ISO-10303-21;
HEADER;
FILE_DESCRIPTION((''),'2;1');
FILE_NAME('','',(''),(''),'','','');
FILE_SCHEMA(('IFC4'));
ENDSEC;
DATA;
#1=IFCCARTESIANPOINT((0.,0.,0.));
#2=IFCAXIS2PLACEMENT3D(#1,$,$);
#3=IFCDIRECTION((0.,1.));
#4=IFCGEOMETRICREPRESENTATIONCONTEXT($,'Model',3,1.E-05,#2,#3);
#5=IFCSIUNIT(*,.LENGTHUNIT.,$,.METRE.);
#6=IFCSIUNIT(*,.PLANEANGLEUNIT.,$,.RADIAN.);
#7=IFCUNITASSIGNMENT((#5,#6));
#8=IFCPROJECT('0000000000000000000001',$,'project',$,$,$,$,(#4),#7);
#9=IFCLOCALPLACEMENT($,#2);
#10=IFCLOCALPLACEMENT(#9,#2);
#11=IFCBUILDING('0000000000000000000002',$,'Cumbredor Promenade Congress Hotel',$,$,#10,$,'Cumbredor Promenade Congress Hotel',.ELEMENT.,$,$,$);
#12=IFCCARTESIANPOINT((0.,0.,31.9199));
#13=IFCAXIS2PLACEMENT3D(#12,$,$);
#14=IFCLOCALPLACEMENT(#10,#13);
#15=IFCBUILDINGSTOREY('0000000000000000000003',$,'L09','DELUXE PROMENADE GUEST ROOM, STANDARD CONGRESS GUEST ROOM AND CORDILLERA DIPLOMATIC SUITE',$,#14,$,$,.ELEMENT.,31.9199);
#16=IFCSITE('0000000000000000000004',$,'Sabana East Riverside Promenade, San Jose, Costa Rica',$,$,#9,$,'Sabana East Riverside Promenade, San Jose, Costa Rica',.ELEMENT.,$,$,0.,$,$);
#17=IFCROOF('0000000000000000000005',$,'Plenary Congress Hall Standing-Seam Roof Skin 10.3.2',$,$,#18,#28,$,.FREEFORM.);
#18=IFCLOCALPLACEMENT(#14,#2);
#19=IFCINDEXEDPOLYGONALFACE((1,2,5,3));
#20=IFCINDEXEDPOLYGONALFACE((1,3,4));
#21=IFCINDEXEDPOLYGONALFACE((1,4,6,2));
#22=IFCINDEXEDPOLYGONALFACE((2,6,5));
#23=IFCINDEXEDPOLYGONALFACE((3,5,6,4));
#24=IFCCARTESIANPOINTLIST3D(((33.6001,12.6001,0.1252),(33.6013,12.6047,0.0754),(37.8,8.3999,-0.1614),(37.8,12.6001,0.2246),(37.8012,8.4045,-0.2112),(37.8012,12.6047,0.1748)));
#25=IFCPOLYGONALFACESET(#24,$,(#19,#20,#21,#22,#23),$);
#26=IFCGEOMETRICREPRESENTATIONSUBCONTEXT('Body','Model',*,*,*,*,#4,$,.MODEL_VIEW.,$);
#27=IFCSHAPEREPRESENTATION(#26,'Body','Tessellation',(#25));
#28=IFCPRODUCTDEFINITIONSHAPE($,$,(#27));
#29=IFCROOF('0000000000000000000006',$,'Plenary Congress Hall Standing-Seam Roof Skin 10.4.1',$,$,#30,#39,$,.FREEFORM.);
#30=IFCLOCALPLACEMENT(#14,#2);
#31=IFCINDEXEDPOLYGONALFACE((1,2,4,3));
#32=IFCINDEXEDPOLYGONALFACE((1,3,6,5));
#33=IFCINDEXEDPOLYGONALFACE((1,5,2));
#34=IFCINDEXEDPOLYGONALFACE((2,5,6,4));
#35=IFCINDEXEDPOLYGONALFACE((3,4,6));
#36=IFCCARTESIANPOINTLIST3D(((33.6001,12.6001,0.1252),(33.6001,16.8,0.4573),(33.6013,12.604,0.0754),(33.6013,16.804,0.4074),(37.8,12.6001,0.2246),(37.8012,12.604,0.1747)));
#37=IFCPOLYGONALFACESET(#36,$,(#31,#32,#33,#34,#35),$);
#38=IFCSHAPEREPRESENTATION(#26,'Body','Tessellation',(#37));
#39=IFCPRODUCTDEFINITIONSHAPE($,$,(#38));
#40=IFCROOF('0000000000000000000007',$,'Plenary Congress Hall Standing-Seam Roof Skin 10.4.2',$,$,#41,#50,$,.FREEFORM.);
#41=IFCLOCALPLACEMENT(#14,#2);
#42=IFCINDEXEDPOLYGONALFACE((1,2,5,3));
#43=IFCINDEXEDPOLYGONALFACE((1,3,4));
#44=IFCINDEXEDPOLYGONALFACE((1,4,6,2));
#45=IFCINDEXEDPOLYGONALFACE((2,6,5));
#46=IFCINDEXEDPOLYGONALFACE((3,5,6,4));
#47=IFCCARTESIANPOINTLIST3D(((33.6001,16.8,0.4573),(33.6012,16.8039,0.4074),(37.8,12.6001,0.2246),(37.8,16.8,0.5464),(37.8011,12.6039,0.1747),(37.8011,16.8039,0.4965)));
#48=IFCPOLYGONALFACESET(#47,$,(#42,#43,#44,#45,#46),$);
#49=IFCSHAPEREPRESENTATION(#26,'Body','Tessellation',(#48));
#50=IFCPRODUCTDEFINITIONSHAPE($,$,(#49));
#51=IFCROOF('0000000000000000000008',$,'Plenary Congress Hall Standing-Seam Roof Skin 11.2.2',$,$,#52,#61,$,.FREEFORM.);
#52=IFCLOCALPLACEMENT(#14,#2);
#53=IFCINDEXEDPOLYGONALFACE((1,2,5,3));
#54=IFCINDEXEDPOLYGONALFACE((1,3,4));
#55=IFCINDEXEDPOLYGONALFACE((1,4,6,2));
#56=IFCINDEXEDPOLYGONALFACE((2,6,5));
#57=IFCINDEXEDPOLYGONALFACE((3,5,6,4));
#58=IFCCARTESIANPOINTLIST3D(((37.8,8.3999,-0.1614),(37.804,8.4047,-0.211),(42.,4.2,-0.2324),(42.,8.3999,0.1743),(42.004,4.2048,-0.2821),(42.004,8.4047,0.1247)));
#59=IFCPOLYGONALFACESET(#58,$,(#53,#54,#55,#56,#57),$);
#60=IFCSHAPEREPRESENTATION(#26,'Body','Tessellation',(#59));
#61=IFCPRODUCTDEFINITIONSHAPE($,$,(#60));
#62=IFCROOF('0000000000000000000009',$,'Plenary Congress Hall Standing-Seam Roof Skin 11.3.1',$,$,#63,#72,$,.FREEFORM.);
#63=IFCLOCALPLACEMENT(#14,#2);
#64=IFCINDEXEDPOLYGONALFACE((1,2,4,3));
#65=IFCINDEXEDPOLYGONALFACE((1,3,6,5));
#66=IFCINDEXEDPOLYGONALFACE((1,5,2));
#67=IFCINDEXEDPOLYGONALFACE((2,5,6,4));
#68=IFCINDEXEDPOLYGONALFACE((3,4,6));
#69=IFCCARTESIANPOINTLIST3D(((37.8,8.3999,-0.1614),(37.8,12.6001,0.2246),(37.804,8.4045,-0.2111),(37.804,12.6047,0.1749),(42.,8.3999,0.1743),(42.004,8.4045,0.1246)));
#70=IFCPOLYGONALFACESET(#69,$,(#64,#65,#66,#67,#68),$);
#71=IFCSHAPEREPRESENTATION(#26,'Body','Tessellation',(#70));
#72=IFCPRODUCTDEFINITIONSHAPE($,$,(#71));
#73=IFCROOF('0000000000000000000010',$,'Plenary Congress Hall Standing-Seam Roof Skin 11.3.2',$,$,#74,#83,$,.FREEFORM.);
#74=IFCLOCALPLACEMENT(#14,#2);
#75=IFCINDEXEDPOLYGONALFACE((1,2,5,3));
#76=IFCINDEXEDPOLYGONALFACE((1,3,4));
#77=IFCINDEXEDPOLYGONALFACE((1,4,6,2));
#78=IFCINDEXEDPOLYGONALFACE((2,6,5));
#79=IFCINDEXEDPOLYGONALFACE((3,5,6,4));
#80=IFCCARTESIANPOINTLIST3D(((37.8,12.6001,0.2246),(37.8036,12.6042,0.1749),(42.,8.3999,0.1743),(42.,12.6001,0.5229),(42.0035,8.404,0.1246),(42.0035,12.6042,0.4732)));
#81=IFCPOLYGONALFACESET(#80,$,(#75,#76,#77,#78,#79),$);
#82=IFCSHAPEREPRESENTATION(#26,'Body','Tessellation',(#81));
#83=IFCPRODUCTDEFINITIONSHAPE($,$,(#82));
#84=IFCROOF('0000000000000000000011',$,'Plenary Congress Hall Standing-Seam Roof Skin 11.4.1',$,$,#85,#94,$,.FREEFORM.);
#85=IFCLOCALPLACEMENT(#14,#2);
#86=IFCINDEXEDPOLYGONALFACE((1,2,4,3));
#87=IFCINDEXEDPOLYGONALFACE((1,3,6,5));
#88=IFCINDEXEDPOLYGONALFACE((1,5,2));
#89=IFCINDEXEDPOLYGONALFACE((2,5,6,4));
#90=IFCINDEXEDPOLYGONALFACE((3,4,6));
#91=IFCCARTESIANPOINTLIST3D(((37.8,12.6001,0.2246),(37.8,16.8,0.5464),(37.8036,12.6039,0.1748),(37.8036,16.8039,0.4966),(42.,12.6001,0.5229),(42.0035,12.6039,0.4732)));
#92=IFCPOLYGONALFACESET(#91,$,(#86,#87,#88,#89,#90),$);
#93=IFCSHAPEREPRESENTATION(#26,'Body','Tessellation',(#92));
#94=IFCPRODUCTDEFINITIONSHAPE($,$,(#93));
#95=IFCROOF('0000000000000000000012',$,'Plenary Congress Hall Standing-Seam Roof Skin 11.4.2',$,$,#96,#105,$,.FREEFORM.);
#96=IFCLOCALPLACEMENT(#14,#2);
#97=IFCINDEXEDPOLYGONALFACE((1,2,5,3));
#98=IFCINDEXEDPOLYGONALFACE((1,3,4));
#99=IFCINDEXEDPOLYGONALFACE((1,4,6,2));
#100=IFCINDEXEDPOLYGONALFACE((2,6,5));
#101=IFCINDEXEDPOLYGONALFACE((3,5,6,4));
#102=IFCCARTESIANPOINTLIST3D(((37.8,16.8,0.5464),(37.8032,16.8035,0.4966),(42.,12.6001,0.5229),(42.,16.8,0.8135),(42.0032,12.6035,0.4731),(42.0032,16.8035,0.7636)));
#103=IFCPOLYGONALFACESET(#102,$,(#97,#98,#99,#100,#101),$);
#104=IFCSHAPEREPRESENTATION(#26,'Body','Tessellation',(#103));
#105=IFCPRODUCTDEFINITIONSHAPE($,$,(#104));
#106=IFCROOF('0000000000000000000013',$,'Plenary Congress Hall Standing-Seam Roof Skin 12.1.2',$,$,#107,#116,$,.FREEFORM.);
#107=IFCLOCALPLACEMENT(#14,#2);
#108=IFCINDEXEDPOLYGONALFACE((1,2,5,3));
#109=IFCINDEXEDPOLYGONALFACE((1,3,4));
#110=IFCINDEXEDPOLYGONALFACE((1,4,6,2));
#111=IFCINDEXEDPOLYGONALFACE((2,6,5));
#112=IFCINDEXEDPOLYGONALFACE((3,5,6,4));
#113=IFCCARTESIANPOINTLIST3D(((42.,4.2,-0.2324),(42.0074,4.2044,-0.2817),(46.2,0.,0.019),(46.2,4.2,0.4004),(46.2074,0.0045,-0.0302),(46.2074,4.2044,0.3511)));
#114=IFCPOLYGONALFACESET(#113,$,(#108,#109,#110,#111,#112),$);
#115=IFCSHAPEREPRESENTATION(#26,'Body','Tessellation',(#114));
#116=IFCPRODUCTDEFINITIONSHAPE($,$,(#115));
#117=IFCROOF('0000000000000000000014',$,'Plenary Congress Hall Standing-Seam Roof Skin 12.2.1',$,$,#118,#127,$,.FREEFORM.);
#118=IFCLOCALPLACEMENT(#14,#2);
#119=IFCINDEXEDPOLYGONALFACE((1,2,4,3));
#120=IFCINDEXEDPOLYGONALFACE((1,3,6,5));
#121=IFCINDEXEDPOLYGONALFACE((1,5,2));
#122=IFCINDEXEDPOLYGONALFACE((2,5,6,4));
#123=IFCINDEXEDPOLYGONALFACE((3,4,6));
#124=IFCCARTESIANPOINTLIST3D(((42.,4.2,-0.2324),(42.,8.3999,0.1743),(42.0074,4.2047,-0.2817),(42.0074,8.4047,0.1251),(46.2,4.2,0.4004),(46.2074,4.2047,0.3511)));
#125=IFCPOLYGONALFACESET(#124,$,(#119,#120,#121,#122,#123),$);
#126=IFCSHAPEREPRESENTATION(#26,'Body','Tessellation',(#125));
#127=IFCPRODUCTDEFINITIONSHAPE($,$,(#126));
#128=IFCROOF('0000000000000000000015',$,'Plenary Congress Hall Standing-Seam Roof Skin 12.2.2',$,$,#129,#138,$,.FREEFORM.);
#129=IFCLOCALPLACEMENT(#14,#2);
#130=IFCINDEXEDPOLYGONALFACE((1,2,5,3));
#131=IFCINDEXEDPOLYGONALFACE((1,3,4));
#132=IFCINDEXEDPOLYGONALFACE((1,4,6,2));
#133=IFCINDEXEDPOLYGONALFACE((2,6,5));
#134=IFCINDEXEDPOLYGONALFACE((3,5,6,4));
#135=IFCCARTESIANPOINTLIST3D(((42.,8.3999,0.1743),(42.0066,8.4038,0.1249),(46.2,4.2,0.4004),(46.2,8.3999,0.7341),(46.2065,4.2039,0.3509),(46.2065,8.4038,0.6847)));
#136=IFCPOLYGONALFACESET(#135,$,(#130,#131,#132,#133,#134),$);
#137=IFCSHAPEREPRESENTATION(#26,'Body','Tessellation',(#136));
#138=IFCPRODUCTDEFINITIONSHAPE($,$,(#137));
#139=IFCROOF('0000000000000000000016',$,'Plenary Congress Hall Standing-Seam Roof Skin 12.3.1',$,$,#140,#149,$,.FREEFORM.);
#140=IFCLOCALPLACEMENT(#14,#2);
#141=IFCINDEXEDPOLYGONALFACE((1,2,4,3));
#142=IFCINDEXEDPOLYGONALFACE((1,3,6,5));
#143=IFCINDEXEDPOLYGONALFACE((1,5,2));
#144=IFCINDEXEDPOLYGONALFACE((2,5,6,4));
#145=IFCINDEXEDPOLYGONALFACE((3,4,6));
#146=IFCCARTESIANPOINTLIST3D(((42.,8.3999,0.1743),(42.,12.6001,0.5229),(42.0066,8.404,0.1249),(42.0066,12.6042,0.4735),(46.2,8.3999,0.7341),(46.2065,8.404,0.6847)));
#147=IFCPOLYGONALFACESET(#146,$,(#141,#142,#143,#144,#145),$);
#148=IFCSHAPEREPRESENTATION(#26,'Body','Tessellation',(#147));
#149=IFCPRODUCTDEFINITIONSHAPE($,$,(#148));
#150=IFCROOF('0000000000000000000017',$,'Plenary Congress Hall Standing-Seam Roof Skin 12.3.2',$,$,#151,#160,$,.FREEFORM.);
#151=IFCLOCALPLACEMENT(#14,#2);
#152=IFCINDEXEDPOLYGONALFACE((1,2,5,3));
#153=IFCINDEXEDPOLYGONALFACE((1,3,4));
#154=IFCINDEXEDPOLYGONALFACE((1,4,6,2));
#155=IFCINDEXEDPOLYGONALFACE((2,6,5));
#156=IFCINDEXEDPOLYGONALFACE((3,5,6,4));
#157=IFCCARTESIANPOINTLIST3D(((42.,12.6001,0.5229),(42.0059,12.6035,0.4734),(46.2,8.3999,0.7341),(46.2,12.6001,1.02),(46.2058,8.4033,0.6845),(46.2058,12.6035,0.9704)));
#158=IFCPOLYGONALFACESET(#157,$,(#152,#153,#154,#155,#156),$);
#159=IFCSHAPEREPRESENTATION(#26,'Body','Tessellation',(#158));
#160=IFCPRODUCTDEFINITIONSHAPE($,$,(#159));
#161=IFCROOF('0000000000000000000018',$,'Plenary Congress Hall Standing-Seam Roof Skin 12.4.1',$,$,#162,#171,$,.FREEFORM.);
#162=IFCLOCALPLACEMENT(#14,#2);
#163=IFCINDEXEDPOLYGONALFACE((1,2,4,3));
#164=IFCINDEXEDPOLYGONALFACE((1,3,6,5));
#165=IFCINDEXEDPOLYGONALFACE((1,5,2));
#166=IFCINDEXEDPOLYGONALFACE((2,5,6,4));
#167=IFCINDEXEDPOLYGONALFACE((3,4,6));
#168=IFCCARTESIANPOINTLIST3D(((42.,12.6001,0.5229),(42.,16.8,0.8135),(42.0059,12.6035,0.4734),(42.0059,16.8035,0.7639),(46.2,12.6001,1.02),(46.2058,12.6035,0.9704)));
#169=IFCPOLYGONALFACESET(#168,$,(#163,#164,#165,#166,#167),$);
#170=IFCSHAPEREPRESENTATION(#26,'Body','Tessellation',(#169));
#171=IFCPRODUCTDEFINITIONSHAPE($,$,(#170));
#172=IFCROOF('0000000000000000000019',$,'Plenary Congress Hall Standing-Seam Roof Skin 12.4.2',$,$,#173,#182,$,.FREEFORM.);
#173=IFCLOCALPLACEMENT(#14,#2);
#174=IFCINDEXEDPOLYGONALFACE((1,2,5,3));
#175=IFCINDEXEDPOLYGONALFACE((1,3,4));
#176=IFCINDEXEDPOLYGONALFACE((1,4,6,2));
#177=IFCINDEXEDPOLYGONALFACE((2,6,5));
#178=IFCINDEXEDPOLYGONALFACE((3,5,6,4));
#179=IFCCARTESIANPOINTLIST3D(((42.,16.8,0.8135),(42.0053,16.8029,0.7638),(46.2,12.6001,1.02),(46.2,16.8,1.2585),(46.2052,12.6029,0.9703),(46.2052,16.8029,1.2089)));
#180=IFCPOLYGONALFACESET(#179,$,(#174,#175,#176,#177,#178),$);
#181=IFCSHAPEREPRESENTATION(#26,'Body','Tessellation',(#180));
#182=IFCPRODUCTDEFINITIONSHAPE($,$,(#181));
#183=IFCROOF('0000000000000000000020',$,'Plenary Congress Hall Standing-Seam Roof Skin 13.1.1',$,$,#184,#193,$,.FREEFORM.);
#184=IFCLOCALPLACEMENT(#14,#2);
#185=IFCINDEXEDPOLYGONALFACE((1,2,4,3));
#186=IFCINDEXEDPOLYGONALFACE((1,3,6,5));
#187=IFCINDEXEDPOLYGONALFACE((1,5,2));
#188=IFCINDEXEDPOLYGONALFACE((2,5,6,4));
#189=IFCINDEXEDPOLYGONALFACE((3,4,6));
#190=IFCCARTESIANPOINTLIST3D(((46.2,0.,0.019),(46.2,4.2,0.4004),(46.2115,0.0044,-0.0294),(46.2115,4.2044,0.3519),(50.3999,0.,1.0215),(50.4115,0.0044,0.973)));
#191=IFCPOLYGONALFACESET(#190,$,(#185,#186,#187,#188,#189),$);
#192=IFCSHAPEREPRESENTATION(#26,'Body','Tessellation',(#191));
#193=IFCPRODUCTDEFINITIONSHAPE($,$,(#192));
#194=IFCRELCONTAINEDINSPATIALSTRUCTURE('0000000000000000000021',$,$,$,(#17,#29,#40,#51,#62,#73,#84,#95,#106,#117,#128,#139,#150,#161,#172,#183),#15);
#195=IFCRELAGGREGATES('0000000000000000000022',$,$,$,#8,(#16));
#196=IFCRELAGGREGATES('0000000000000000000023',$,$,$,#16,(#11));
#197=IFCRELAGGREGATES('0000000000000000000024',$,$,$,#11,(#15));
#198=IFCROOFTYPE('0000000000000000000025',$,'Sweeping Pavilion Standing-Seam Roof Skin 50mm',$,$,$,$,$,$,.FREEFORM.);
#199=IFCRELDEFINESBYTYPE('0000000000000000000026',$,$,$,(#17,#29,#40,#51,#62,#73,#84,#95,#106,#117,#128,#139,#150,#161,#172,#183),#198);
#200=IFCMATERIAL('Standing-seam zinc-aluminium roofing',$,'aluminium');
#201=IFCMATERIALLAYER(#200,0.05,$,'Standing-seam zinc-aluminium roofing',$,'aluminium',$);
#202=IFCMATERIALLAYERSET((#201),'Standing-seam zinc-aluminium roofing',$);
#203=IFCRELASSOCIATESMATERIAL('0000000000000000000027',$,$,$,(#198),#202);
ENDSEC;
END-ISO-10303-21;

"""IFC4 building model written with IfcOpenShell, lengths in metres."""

from ifc_helpers import new_model, si_unit, direction, frame, origin, place, context, subcontext, project, spatial, polyline, outline, extrude, material, layer, layer_set, type_object, element, save


model = new_model("IFC4")

# Units and contexts
model_context = context("Model", 3, precision=1e-05, world=origin(), true_north=direction((0.0, 1.0)))
body_context = subcontext(model_context, "Body", "Model", "MODEL_VIEW")
ifc_project = project(units=[si_unit("LENGTHUNIT", "METRE"), si_unit("PLANEANGLEUNIT", "RADIAN")], contexts=[model_context])

# Site, building, storey
site_placement = place(None, origin())
site = spatial("IfcSite", under=ifc_project, at=site_placement, Name="Sabana East Riverside Promenade, San Jose, Costa Rica", LongName="Sabana East Riverside Promenade, San Jose, Costa Rica", CompositionType="ELEMENT", RefElevation=0.0)
building_placement = place(site_placement, origin())
building = spatial("IfcBuilding", under=site, at=building_placement, Name="Cumbredor Promenade Congress Hotel", LongName="Cumbredor Promenade Congress Hotel", CompositionType="ELEMENT")
storey_placement = place(building_placement, frame((0.0, 0.0, 31.9199)))
storey = spatial("IfcBuildingStorey", under=building, at=storey_placement, Name="L09", Description="DELUXE PROMENADE GUEST ROOM, STANDARD CONGRESS GUEST ROOM AND CORDILLERA DIPLOMATIC SUITE", CompositionType="ELEMENT", Elevation=31.9199)

# Roofs
ifc_material_1 = material(Name="Standing-seam zinc-aluminium roofing", Category="aluminium")
ifc_layer_1 = layer(ifc_material_1, 0.05, Name="Standing-seam zinc-aluminium roofing", Category="aluminium")
ifc_layer_set_1 = layer_set([ifc_layer_1], Name="Standing-seam zinc-aluminium roofing")
roof_type = type_object("IfcRoofType", Name="Sweeping Pavilion Standing-Seam Roof Skin 50mm", PredefinedType="FREEFORM", material=ifc_layer_set_1)
roof_1_placement = place(storey_placement, frame((37.8, 8.3999, -0.1614), z_axis=(-0.023553, -0.091486, 0.995528), x_axis=(0.0, 0.995804, 0.091512)))
element("IfcRoof", 1, at=roof_1_placement, inside=storey, type_object=roof_type, Name="Plenary Congress Hall Standing-Seam Roof Skin 10.3.2", PredefinedType="FREEFORM", context=body_context, shape_type="SweptSolid", body=[
    extrude(outline(polyline([(0.0, 0.0), (4.2179, 0.0), (4.2088, 4.2011), (0.0, 0.0)])), origin(), (0.0, 0.0, -1.0), 0.05),
])
roof_2_placement = place(storey_placement, frame((33.6001, 12.6001, 0.1252), z_axis=(-0.023579, -0.078788, 0.996613), x_axis=(0.99972, 0.0, 0.023652)))
element("IfcRoof", 2, at=roof_2_placement, inside=storey, type_object=roof_type, Name="Plenary Congress Hall Standing-Seam Roof Skin 10.4.1", PredefinedType="FREEFORM", context=body_context, shape_type="SweptSolid", body=[
    extrude(outline(polyline([(0.0, 0.0), (4.2011, 0.0), (0.0079, 4.213), (0.0, 0.0)])), origin(), (0.0, 0.0, -1.0), 0.05),
])
roof_3_placement = place(storey_placement, frame((37.8, 12.6001, 0.2246), z_axis=(-0.02115, -0.076374, 0.996855), x_axis=(0.0, 0.997078, 0.076391)))
element("IfcRoof", 3, at=roof_3_placement, inside=storey, type_object=roof_type, Name="Plenary Congress Hall Standing-Seam Roof Skin 10.4.2", PredefinedType="FREEFORM", context=body_context, shape_type="SweptSolid", body=[
    extrude(outline(polyline([(0.0, 0.0), (4.2123, 0.0), (4.2055, 4.2009), (0.0, 0.0)])), origin(), (0.0, 0.0, -1.0), 0.05),
])
roof_4_placement = place(storey_placement, frame((42.0, 4.2, -0.2324), z_axis=(-0.079305, -0.096089, 0.992208), x_axis=(0.0, 0.995343, 0.096393)))
element("IfcRoof", 4, at=roof_4_placement, inside=storey, type_object=roof_type, Name="Plenary Congress Hall Standing-Seam Roof Skin 11.2.2", PredefinedType="FREEFORM", context=body_context, shape_type="SweptSolid", body=[
    extrude(outline(polyline([(0.0, 0.0), (4.2196, 0.0), (4.1872, 4.2132), (0.0, 0.0)])), origin(), (0.0, 0.0, -1.0), 0.05),
])
roof_5_placement = place(storey_placement, frame((37.8, 8.3999, -0.1614), z_axis=(-0.079342, -0.091223, 0.992665), x_axis=(0.996821, 0.0, 0.079674)))
element("IfcRoof", 5, at=roof_5_placement, inside=storey, type_object=roof_type, Name="Plenary Congress Hall Standing-Seam Roof Skin 11.3.1", PredefinedType="FREEFORM", context=body_context, shape_type="SweptSolid", body=[
    extrude(outline(polyline([(0.0, 0.0), (4.2133, 0.0), (0.0308, 4.2178), (0.0, 0.0)])), origin(), (0.0, 0.0, -1.0), 0.05),
])
roof_6_placement = place(storey_placement, frame((42.0, 8.3999, 0.1743), z_axis=(-0.070614, -0.082513, 0.994085), x_axis=(0.0, 0.996573, 0.082719)))
element("IfcRoof", 6, at=roof_6_placement, inside=storey, type_object=roof_type, Name="Plenary Congress Hall Standing-Seam Roof Skin 11.3.2", PredefinedType="FREEFORM", context=body_context, shape_type="SweptSolid", body=[
    extrude(outline(polyline([(0.0, 0.0), (4.2146, 0.0), (4.19, 4.2105), (0.0, 0.0)])), origin(), (0.0, 0.0, -1.0), 0.05),
])
roof_7_placement = place(storey_placement, frame((37.8, 12.6001, 0.2246), z_axis=(-0.07065, -0.0762, 0.994586), x_axis=(0.997487, 0.0, 0.070856)))
element("IfcRoof", 7, at=roof_7_placement, inside=storey, type_object=roof_type, Name="Plenary Congress Hall Standing-Seam Roof Skin 11.4.1", PredefinedType="FREEFORM", context=body_context, shape_type="SweptSolid", body=[
    extrude(outline(polyline([(0.0, 0.0), (4.2105, 0.0), (0.0228, 4.2122), (0.0, 0.0)])), origin(), (0.0, 0.0, -1.0), 0.05),
])
roof_8_placement = place(storey_placement, frame((42.0, 12.6001, 0.5229), z_axis=(-0.063315, -0.068871, 0.995614), x_axis=(0.0, 0.997616, 0.069009)))
element("IfcRoof", 8, at=roof_8_placement, inside=storey, type_object=roof_type, Name="Plenary Congress Hall Standing-Seam Roof Skin 11.4.2", PredefinedType="FREEFORM", context=body_context, shape_type="SweptSolid", body=[
    extrude(outline(polyline([(0.0, 0.0), (4.21, 0.0), (4.1916, 4.2084), (0.0, 0.0)])), origin(), (0.0, 0.0, -1.0), 0.05),
])
roof_9_placement = place(storey_placement, frame((46.2, 0.0, 0.019), z_axis=(-0.148393, -0.089425, 0.984877), x_axis=(0.0, 0.995903, 0.090426)))
element("IfcRoof", 9, at=roof_9_placement, inside=storey, type_object=roof_type, Name="Plenary Congress Hall Standing-Seam Roof Skin 12.1.2", PredefinedType="FREEFORM", context=body_context, shape_type="SweptSolid", body=[
    extrude(outline(polyline([(0.0, 0.0), (4.2172, 0.0), (4.16, 4.247), (0.0, 0.0)])), origin(), (0.0, 0.0, -1.0), 0.05),
])
roof_10_placement = place(storey_placement, frame((42.0, 4.2, -0.2324), z_axis=(-0.148311, -0.095327, 0.984336), x_axis=(0.988839, 0.0, 0.14899)))
element("IfcRoof", 10, at=roof_10_placement, inside=storey, type_object=roof_type, Name="Plenary Congress Hall Standing-Seam Roof Skin 12.2.1", PredefinedType="FREEFORM", context=body_context, shape_type="SweptSolid", body=[
    extrude(outline(polyline([(0.0, 0.0), (4.2474, 0.0), (0.0606, 4.2192), (0.0, 0.0)])), origin(), (0.0, 0.0, -1.0), 0.05),
])
roof_11_placement = place(storey_placement, frame((46.2, 4.2, 0.4004), z_axis=(-0.131714, -0.078523, 0.988173), x_axis=(0.0, 0.996858, 0.079213)))
element("IfcRoof", 11, at=roof_11_placement, inside=storey, type_object=roof_type, Name="Plenary Congress Hall Standing-Seam Roof Skin 12.2.2", PredefinedType="FREEFORM", context=body_context, shape_type="SweptSolid", body=[
    extrude(outline(polyline([(0.0, 0.0), (4.2132, 0.0), (4.1688, 4.2369), (0.0, 0.0)])), origin(), (0.0, 0.0, -1.0), 0.05),
])
roof_12_placement = place(storey_placement, frame((42.0, 8.3999, 0.1743), z_axis=(-0.131677, -0.081999, 0.987895), x_axis=(0.991233, 0.0, 0.132122)))
element("IfcRoof", 12, at=roof_12_placement, inside=storey, type_object=roof_type, Name="Plenary Congress Hall Standing-Seam Roof Skin 12.3.1", PredefinedType="FREEFORM", context=body_context, shape_type="SweptSolid", body=[
    extrude(outline(polyline([(0.0, 0.0), (4.2371, 0.0), (0.0461, 4.2144), (0.0, 0.0)])), origin(), (0.0, 0.0, -1.0), 0.05),
])
roof_13_placement = place(storey_placement, frame((46.2, 8.3999, 0.7341), z_axis=(-0.117264, -0.06744, 0.990808), x_axis=(0.0, 0.997692, 0.067908)))
element("IfcRoof", 13, at=roof_13_placement, inside=storey, type_object=roof_type, Name="Plenary Congress Hall Standing-Seam Roof Skin 12.3.2", PredefinedType="FREEFORM", context=body_context, shape_type="SweptSolid", body=[
    extrude(outline(polyline([(0.0, 0.0), (4.2099, 0.0), (4.1762, 4.2291), (0.0, 0.0)])), origin(), (0.0, 0.0, -1.0), 0.05),
])
roof_14_placement = place(storey_placement, frame((42.0, 12.6001, 0.5229), z_axis=(-0.117255, -0.068533, 0.990734), x_axis=(0.993069, 0.0, 0.117531)))
element("IfcRoof", 14, at=roof_14_placement, inside=storey, type_object=roof_type, Name="Plenary Congress Hall Standing-Seam Roof Skin 12.4.1", PredefinedType="FREEFORM", context=body_context, shape_type="SweptSolid", body=[
    extrude(outline(polyline([(0.0, 0.0), (4.2293, 0.0), (0.0341, 4.2098), (0.0, 0.0)])), origin(), (0.0, 0.0, -1.0), 0.05),
])
roof_15_placement = place(storey_placement, frame((46.2, 12.6001, 1.02), z_axis=(-0.105212, -0.056386, 0.99285), x_axis=(0.0, 0.998391, 0.056701)))
element("IfcRoof", 15, at=roof_15_placement, inside=storey, type_object=roof_type, Name="Plenary Congress Hall Standing-Seam Roof Skin 12.4.2", PredefinedType="FREEFORM", context=body_context, shape_type="SweptSolid", body=[
    extrude(outline(polyline([(0.0, 0.0), (4.2067, 0.0), (4.1815, 4.2234), (0.0, 0.0)])), origin(), (0.0, 0.0, -1.0), 0.05),
])
roof_16_placement = place(storey_placement, frame((46.2, 0.0, 0.019), z_axis=(-0.231258, -0.087975, 0.968907), x_axis=(0.972678, 0.0, 0.232158)))
element("IfcRoof", 16, at=roof_16_placement, inside=storey, type_object=roof_type, Name="Plenary Congress Hall Standing-Seam Roof Skin 13.1.1", PredefinedType="FREEFORM", context=body_context, shape_type="SweptSolid", body=[
    extrude(outline(polyline([(0.0, 0.0), (4.3179, 0.0), (0.0885, 4.2163), (0.0, 0.0)])), origin(), (0.0, 0.0, -1.0), 0.05),
])

save(model, "model.ifc")
